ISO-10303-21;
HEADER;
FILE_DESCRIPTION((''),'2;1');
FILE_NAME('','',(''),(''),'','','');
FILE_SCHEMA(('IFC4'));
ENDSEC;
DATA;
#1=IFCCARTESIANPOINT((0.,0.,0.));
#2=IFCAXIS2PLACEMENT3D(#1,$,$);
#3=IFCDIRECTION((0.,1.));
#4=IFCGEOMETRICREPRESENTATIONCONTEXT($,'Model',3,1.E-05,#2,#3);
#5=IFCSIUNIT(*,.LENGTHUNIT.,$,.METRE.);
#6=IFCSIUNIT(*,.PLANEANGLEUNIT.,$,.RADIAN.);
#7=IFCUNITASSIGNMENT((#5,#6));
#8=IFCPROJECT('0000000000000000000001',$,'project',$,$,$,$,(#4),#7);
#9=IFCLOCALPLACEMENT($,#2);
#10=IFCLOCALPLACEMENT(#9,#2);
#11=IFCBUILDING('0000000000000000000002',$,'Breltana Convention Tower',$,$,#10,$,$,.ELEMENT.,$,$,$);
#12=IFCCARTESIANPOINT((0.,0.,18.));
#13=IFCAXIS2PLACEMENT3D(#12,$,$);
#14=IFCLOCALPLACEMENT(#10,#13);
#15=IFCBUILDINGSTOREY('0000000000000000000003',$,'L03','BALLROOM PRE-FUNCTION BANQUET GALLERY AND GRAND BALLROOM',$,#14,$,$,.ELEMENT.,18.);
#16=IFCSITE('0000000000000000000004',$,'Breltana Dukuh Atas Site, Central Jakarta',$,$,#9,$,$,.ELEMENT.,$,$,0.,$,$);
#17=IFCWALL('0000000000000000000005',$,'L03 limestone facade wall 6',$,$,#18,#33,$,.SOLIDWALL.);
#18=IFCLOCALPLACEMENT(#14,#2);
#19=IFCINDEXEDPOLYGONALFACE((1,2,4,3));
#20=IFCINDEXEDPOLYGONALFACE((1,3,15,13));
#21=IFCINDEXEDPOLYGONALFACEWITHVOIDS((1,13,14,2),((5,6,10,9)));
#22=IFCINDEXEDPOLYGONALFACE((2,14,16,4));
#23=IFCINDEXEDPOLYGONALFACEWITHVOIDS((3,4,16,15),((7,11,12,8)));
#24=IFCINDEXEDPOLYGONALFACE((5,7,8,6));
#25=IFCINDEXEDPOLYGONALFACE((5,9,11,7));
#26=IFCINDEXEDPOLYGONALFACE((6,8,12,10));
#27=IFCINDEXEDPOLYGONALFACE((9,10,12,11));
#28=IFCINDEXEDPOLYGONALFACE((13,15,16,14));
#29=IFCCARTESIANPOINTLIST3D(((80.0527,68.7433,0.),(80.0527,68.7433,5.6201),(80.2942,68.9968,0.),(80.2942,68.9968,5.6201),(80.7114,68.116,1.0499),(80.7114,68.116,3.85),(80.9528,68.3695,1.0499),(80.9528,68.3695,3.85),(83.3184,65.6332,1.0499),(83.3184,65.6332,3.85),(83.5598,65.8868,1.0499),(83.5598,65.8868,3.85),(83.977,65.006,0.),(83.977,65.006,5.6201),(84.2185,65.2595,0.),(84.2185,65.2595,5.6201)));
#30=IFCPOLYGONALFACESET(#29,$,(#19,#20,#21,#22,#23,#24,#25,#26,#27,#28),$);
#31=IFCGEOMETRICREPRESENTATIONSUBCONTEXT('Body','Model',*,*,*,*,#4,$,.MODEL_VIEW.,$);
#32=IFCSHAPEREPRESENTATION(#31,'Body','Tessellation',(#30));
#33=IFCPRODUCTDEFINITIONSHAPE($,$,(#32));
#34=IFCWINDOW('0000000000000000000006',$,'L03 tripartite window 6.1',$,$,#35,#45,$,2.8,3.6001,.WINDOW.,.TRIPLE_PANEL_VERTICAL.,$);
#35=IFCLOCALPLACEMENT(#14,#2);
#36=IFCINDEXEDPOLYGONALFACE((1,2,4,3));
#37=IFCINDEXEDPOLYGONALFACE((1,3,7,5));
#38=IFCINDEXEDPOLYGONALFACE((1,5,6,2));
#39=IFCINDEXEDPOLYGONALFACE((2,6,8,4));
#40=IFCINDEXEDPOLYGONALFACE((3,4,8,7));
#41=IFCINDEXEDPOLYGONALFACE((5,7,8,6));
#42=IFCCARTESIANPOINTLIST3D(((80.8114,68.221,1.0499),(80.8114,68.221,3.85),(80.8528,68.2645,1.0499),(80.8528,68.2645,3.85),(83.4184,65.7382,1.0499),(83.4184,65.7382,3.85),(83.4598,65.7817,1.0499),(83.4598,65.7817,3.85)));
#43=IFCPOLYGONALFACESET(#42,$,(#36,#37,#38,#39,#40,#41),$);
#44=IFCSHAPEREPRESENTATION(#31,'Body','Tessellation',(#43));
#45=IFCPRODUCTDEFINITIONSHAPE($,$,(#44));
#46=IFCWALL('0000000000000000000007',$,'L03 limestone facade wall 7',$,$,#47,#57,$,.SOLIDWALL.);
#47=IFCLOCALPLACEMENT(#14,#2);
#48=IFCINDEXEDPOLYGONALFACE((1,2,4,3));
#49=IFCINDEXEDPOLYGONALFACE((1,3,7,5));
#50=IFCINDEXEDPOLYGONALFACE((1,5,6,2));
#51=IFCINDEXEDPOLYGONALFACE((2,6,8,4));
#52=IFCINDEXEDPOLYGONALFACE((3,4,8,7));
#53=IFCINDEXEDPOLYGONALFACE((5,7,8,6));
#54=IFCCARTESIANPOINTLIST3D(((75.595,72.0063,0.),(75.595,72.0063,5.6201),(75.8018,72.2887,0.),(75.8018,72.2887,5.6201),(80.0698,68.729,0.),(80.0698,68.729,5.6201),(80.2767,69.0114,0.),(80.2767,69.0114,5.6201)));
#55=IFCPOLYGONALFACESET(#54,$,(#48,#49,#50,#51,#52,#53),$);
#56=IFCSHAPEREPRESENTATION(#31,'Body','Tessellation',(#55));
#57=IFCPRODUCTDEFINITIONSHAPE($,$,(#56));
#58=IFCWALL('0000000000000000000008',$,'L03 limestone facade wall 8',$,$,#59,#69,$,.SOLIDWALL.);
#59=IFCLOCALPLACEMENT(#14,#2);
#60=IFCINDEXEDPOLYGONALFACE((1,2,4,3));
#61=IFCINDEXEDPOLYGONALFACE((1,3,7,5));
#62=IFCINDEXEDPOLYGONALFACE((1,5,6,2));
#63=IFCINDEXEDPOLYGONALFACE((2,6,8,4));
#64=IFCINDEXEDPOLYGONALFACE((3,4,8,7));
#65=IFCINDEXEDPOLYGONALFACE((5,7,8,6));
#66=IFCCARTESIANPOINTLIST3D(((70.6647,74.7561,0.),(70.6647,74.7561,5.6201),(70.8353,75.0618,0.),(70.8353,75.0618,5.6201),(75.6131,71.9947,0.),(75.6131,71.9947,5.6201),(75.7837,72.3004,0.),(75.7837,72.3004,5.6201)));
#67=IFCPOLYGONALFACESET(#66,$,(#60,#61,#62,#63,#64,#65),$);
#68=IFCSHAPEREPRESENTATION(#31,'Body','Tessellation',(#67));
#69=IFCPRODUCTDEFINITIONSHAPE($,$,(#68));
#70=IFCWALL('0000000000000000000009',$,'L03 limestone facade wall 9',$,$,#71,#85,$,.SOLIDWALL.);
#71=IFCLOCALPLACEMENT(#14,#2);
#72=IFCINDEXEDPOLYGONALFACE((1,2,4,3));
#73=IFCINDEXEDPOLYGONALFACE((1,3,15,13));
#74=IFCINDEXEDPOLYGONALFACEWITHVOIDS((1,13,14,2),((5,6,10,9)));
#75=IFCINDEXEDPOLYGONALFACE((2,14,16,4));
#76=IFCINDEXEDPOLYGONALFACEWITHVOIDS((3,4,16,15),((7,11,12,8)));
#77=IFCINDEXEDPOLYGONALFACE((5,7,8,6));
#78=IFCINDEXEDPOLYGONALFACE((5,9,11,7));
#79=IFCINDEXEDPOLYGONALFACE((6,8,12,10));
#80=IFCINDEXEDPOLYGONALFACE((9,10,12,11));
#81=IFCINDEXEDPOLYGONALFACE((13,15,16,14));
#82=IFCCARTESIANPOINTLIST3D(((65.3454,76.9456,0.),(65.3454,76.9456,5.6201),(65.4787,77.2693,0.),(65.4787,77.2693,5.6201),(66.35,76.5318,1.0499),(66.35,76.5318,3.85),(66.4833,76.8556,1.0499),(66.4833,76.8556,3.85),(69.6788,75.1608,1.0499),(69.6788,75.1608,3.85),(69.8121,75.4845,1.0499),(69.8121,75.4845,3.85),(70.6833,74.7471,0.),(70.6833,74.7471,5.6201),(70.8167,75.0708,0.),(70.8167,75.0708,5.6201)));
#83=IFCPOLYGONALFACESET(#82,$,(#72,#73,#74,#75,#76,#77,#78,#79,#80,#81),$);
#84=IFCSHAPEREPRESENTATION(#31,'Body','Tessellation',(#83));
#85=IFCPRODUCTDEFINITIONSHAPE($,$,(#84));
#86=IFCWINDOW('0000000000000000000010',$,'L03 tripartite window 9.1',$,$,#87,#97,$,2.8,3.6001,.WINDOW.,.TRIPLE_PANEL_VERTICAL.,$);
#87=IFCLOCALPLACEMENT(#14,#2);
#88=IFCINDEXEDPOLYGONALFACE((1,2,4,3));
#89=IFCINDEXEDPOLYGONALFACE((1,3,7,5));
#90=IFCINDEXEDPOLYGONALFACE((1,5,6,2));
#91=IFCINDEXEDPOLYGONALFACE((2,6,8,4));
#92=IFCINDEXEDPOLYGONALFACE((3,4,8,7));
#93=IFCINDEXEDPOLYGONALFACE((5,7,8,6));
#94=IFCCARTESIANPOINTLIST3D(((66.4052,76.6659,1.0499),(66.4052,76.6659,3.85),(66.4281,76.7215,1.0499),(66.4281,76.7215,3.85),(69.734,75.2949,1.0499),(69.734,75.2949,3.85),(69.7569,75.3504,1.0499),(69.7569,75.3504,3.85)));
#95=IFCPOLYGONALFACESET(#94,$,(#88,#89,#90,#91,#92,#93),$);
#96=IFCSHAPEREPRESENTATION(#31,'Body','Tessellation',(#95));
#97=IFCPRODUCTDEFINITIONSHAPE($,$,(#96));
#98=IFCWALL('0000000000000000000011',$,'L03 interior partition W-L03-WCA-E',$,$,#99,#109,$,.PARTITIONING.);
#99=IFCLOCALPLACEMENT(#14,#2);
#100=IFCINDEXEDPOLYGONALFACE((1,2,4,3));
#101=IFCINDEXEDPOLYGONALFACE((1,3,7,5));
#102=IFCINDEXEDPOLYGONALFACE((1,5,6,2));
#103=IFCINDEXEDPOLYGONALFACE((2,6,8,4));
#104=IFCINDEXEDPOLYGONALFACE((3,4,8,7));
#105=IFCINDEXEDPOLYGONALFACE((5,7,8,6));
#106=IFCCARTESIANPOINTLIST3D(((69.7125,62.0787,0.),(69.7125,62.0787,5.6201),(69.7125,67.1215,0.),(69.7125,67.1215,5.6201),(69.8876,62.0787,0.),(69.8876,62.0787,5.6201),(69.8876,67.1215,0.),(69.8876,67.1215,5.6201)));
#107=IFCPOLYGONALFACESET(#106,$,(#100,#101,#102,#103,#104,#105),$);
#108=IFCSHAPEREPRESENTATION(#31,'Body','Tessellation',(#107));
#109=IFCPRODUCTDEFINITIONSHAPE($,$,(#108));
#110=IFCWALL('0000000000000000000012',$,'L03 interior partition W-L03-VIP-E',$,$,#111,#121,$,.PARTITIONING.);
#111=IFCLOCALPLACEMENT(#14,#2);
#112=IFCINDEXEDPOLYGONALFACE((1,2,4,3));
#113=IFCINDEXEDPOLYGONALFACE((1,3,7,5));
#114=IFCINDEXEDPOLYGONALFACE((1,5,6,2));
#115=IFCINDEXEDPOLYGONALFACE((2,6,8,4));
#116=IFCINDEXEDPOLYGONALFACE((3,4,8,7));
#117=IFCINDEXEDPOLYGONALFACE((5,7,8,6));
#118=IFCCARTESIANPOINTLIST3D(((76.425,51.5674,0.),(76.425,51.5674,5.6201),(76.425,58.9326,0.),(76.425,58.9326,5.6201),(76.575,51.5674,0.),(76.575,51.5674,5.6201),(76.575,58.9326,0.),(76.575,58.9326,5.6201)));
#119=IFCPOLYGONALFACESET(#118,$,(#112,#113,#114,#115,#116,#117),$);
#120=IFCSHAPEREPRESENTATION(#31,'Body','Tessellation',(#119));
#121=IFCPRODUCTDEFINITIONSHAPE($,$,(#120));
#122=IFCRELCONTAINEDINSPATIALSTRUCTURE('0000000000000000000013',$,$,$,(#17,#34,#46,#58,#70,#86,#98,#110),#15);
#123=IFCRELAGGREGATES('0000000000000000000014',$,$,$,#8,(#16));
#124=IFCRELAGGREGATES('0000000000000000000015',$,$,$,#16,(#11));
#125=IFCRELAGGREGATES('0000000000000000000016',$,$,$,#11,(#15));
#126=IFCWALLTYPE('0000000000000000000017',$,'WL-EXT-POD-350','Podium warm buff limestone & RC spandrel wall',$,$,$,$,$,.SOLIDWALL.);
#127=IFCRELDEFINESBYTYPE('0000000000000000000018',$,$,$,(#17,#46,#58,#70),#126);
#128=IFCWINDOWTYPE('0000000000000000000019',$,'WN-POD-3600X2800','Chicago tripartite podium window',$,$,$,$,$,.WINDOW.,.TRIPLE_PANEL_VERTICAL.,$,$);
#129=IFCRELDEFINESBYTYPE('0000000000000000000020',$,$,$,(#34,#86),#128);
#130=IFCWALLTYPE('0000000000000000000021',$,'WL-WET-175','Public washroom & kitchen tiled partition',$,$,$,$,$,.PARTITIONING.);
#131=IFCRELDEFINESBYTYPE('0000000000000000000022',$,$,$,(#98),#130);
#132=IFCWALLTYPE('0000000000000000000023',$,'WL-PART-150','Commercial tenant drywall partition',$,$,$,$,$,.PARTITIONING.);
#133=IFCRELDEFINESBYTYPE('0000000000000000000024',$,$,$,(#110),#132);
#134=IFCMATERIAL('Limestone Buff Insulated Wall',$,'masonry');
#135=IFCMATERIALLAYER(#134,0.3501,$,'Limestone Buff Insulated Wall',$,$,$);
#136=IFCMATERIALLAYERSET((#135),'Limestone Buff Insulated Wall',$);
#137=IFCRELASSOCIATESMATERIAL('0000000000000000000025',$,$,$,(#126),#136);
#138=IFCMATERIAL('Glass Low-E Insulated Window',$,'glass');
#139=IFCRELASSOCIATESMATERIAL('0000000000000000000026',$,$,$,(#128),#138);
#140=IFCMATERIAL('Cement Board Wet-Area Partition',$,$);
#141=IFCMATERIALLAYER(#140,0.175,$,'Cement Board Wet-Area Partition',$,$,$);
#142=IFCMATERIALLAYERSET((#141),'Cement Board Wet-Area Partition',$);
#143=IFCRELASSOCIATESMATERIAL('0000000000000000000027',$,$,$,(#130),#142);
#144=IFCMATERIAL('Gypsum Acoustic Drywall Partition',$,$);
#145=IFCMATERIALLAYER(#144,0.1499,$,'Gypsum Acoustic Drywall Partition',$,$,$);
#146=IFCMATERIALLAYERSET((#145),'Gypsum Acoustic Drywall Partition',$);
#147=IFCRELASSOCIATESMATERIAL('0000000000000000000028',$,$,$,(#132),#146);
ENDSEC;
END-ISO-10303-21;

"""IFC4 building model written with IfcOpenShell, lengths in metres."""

from ifc_helpers import new_model, si_unit, direction, frame, frame_2d, origin, place, context, subcontext, project, spatial, rectangle, extrude, source, transform, mapped, material, layer, layer_set, type_object, type_shapes, element, fill, save


model = new_model("IFC4")

# Units and contexts
model_context = context("Model", 3, precision=1e-05, world=origin(), true_north=direction((0.0, 1.0)))
body_context = subcontext(model_context, "Body", "Model", "MODEL_VIEW")
ifc_project = project(units=[si_unit("LENGTHUNIT", "METRE"), si_unit("PLANEANGLEUNIT", "RADIAN")], contexts=[model_context])

# Site, building, storey
site_placement = place(None, origin())
site = spatial("IfcSite", under=ifc_project, at=site_placement, Name="Breltana Dukuh Atas Site, Central Jakarta", CompositionType="ELEMENT", RefElevation=0.0)
building_placement = place(site_placement, origin())
building = spatial("IfcBuilding", under=site, at=building_placement, Name="Breltana Convention Tower", CompositionType="ELEMENT")
storey_placement = place(building_placement, frame((0.0, 0.0, 18.0)))
storey = spatial("IfcBuildingStorey", under=building, at=storey_placement, Name="L03", Description="BALLROOM PRE-FUNCTION BANQUET GALLERY AND GRAND BALLROOM", CompositionType="ELEMENT", Elevation=18.0)

# Shared definitions
ifc_material_1 = material(Name="Limestone Buff Insulated Wall", Category="masonry")
ifc_layer_1 = layer(ifc_material_1, 0.3501, Name="Limestone Buff Insulated Wall")
ifc_layer_set_1 = layer_set([ifc_layer_1], Name="Limestone Buff Insulated Wall")
wall_type_1 = type_object("IfcWallType", Name="WL-EXT-POD-350", Description="Podium warm buff limestone & RC spandrel wall", PredefinedType="SOLIDWALL", material=ifc_layer_set_1)
ifc_material_2 = material(Name="Glass Low-E Insulated Window", Category="glass")

# Wall, opening, window
shared_shape_1 = source(origin(), body_context, "Body", "SweptSolid", [
    extrude(rectangle(XDim=5.4192, YDim=0.3501, at=frame_2d((2.7095, 0.0))), origin(), (0.0, 0.0, 1.0), 5.6201),
])
wall_1_placement = place(storey_placement, frame((84.0977, 65.1328, 0.0), z_axis=(0.0, 0.0, 1.0), x_axis=(-0.724151, 0.689642, 0.0)))
wall_1 = element("IfcWall", 1, at=wall_1_placement, inside=storey, type_object=wall_type_1, Name="L03 limestone facade wall 6", PredefinedType="SOLIDWALL", context=body_context, shape_type="MappedRepresentation", body=[
    mapped(shared_shape_1, transform((0.0, 0.0, 0.0), scale=1.0)),
])
opening_1_placement = place(wall_1_placement, frame((0.9094, 0.0, 1.05)))
opening_1 = element("IfcOpeningElement", 2, at=opening_1_placement, cuts=wall_1, PredefinedType="OPENING", context=body_context, shape_type="SweptSolid", body=[
    extrude(rectangle(XDim=3.6001, YDim=2.8, at=frame_2d((1.8, 1.3999))), frame((0.0, 0.1851, 0.0), z_axis=(0.0, -1.0, 0.0), x_axis=(1.0, 0.0, 0.0)), (0.0, 0.0, 1.0), 0.3701),
])
window_type_1 = type_object("IfcWindowType", Name="WN-POD-3600X2800", Description="Chicago tripartite podium window", PartitioningType="TRIPLE_PANEL_VERTICAL", PredefinedType="WINDOW", material=ifc_material_2)
shared_shape_2 = source(origin(), body_context, "Body", "SweptSolid", [
    extrude(rectangle(XDim=3.6001, YDim=2.8, at=frame_2d((1.8, 1.3999))), frame((0.0, 0.03, 0.0), z_axis=(0.0, -1.0, 0.0), x_axis=(1.0, 0.0, 0.0)), (0.0, 0.0, 1.0), 0.0601),
])
type_shapes(window_type_1, [shared_shape_2])
window_1_placement = place(opening_1_placement, origin())
window_1 = element("IfcWindow", 3, at=window_1_placement, inside=storey, type_object=window_type_1, Name="L03 tripartite window 6.1", OverallHeight=2.8, OverallWidth=3.6001, PartitioningType="TRIPLE_PANEL_VERTICAL", PredefinedType="WINDOW", context=body_context, shape_type="MappedRepresentation", body=[
    mapped(shared_shape_2, transform((0.0, 0.0, 0.0), scale=1.0)),
])
fill(opening_1, window_1)

# Walls
shared_shape_3 = source(origin(), body_context, "Body", "SweptSolid", [
    extrude(rectangle(XDim=5.5466, YDim=0.3501, at=frame_2d((2.7734, 0.0))), origin(), (0.0, 0.0, 1.0), 5.6201),
])
wall_2_placement = place(storey_placement, frame((80.1733, 68.8701, 0.0), z_axis=(0.0, 0.0, 1.0), x_axis=(-0.806767, 0.590869, 0.0)))
element("IfcWall", 4, at=wall_2_placement, inside=storey, type_object=wall_type_1, Name="L03 limestone facade wall 7", PredefinedType="SOLIDWALL", context=body_context, shape_type="MappedRepresentation", body=[
    mapped(shared_shape_3, transform((0.0, 0.0, 0.0), scale=1.0)),
])
shared_shape_4 = source(origin(), body_context, "Body", "SweptSolid", [
    extrude(rectangle(XDim=5.6667, YDim=0.3501, at=frame_2d((2.8335, 0.0))), origin(), (0.0, 0.0, 1.0), 5.6201),
])
wall_3_placement = place(storey_placement, frame((75.6985, 72.1475, 0.0), z_axis=(0.0, 0.0, 1.0), x_axis=(-0.873233, 0.487303, 0.0)))
element("IfcWall", 5, at=wall_3_placement, inside=storey, type_object=wall_type_1, Name="L03 limestone facade wall 8", PredefinedType="SOLIDWALL", context=body_context, shape_type="MappedRepresentation", body=[
    mapped(shared_shape_4, transform((0.0, 0.0, 0.0), scale=1.0)),
])

# Wall, opening, window
shared_shape_5 = source(origin(), body_context, "Body", "SweptSolid", [
    extrude(rectangle(XDim=5.7729, YDim=0.3501, at=frame_2d((2.8865, 0.0))), origin(), (0.0, 0.0, 1.0), 5.6201),
])
wall_4_placement = place(storey_placement, frame((70.75, 74.9089, 0.0), z_axis=(0.0, 0.0, 1.0), x_axis=(-0.924646, 0.380829, 0.0)))
wall_4 = element("IfcWall", 6, at=wall_4_placement, inside=storey, type_object=wall_type_1, Name="L03 limestone facade wall 9", PredefinedType="SOLIDWALL", context=body_context, shape_type="MappedRepresentation", body=[
    mapped(shared_shape_5, transform((0.0, 0.0, 0.0), scale=1.0)),
])
opening_2_placement = place(wall_4_placement, frame((1.0864, 0.0, 1.05)))
opening_2 = element("IfcOpeningElement", 7, at=opening_2_placement, cuts=wall_4, PredefinedType="OPENING", context=body_context, shape_type="SweptSolid", body=[
    extrude(rectangle(XDim=3.6001, YDim=2.8, at=frame_2d((1.8, 1.3999))), frame((0.0, 0.1851, 0.0), z_axis=(0.0, -1.0, 0.0), x_axis=(1.0, 0.0, 0.0)), (0.0, 0.0, 1.0), 0.3701),
])
window_2_placement = place(opening_2_placement, origin())
window_2 = element("IfcWindow", 8, at=window_2_placement, inside=storey, type_object=window_type_1, Name="L03 tripartite window 9.1", OverallHeight=2.8, OverallWidth=3.6001, PartitioningType="TRIPLE_PANEL_VERTICAL", PredefinedType="WINDOW", context=body_context, shape_type="MappedRepresentation", body=[
    mapped(shared_shape_2, transform((0.0, 0.0, 0.0), scale=1.0)),
])
fill(opening_2, window_2)

# Walls
ifc_material_3 = material(Name="Cement Board Wet-Area Partition")
ifc_layer_2 = layer(ifc_material_3, 0.175, Name="Cement Board Wet-Area Partition")
ifc_layer_set_2 = layer_set([ifc_layer_2], Name="Cement Board Wet-Area Partition")
wall_type_2 = type_object("IfcWallType", Name="WL-WET-175", Description="Public washroom & kitchen tiled partition", PredefinedType="PARTITIONING", material=ifc_layer_set_2)
shared_shape_6 = source(origin(), body_context, "Body", "SweptSolid", [
    extrude(rectangle(XDim=5.0427, YDim=0.175, at=frame_2d((2.5215, 0.0))), origin(), (0.0, 0.0, 1.0), 5.6201),
])
wall_5_placement = place(storey_placement, frame((69.8, 62.0786, 0.0), z_axis=(0.0, 0.0, 1.0), x_axis=(0.0, 1.0, 0.0)))
element("IfcWall", 9, at=wall_5_placement, inside=storey, type_object=wall_type_2, Name="L03 interior partition W-L03-WCA-E", PredefinedType="PARTITIONING", context=body_context, shape_type="MappedRepresentation", body=[
    mapped(shared_shape_6, transform((0.0, 0.0, 0.0), scale=1.0)),
])
ifc_material_4 = material(Name="Gypsum Acoustic Drywall Partition")
ifc_layer_3 = layer(ifc_material_4, 0.1499, Name="Gypsum Acoustic Drywall Partition")
ifc_layer_set_3 = layer_set([ifc_layer_3], Name="Gypsum Acoustic Drywall Partition")
wall_type_3 = type_object("IfcWallType", Name="WL-PART-150", Description="Commercial tenant drywall partition", PredefinedType="PARTITIONING", material=ifc_layer_set_3)
shared_shape_7 = source(origin(), body_context, "Body", "SweptSolid", [
    extrude(rectangle(XDim=7.3652, YDim=0.1499, at=frame_2d((3.6826, 0.0))), origin(), (0.0, 0.0, 1.0), 5.6201),
])
wall_6_placement = place(storey_placement, frame((76.5, 51.5674, 0.0), z_axis=(0.0, 0.0, 1.0), x_axis=(0.0, 1.0, 0.0)))
element("IfcWall", 10, at=wall_6_placement, inside=storey, type_object=wall_type_3, Name="L03 interior partition W-L03-VIP-E", PredefinedType="PARTITIONING", context=body_context, shape_type="MappedRepresentation", body=[
    mapped(shared_shape_7, transform((0.0, 0.0, 0.0), scale=1.0)),
])

save(model, "model.ifc")
